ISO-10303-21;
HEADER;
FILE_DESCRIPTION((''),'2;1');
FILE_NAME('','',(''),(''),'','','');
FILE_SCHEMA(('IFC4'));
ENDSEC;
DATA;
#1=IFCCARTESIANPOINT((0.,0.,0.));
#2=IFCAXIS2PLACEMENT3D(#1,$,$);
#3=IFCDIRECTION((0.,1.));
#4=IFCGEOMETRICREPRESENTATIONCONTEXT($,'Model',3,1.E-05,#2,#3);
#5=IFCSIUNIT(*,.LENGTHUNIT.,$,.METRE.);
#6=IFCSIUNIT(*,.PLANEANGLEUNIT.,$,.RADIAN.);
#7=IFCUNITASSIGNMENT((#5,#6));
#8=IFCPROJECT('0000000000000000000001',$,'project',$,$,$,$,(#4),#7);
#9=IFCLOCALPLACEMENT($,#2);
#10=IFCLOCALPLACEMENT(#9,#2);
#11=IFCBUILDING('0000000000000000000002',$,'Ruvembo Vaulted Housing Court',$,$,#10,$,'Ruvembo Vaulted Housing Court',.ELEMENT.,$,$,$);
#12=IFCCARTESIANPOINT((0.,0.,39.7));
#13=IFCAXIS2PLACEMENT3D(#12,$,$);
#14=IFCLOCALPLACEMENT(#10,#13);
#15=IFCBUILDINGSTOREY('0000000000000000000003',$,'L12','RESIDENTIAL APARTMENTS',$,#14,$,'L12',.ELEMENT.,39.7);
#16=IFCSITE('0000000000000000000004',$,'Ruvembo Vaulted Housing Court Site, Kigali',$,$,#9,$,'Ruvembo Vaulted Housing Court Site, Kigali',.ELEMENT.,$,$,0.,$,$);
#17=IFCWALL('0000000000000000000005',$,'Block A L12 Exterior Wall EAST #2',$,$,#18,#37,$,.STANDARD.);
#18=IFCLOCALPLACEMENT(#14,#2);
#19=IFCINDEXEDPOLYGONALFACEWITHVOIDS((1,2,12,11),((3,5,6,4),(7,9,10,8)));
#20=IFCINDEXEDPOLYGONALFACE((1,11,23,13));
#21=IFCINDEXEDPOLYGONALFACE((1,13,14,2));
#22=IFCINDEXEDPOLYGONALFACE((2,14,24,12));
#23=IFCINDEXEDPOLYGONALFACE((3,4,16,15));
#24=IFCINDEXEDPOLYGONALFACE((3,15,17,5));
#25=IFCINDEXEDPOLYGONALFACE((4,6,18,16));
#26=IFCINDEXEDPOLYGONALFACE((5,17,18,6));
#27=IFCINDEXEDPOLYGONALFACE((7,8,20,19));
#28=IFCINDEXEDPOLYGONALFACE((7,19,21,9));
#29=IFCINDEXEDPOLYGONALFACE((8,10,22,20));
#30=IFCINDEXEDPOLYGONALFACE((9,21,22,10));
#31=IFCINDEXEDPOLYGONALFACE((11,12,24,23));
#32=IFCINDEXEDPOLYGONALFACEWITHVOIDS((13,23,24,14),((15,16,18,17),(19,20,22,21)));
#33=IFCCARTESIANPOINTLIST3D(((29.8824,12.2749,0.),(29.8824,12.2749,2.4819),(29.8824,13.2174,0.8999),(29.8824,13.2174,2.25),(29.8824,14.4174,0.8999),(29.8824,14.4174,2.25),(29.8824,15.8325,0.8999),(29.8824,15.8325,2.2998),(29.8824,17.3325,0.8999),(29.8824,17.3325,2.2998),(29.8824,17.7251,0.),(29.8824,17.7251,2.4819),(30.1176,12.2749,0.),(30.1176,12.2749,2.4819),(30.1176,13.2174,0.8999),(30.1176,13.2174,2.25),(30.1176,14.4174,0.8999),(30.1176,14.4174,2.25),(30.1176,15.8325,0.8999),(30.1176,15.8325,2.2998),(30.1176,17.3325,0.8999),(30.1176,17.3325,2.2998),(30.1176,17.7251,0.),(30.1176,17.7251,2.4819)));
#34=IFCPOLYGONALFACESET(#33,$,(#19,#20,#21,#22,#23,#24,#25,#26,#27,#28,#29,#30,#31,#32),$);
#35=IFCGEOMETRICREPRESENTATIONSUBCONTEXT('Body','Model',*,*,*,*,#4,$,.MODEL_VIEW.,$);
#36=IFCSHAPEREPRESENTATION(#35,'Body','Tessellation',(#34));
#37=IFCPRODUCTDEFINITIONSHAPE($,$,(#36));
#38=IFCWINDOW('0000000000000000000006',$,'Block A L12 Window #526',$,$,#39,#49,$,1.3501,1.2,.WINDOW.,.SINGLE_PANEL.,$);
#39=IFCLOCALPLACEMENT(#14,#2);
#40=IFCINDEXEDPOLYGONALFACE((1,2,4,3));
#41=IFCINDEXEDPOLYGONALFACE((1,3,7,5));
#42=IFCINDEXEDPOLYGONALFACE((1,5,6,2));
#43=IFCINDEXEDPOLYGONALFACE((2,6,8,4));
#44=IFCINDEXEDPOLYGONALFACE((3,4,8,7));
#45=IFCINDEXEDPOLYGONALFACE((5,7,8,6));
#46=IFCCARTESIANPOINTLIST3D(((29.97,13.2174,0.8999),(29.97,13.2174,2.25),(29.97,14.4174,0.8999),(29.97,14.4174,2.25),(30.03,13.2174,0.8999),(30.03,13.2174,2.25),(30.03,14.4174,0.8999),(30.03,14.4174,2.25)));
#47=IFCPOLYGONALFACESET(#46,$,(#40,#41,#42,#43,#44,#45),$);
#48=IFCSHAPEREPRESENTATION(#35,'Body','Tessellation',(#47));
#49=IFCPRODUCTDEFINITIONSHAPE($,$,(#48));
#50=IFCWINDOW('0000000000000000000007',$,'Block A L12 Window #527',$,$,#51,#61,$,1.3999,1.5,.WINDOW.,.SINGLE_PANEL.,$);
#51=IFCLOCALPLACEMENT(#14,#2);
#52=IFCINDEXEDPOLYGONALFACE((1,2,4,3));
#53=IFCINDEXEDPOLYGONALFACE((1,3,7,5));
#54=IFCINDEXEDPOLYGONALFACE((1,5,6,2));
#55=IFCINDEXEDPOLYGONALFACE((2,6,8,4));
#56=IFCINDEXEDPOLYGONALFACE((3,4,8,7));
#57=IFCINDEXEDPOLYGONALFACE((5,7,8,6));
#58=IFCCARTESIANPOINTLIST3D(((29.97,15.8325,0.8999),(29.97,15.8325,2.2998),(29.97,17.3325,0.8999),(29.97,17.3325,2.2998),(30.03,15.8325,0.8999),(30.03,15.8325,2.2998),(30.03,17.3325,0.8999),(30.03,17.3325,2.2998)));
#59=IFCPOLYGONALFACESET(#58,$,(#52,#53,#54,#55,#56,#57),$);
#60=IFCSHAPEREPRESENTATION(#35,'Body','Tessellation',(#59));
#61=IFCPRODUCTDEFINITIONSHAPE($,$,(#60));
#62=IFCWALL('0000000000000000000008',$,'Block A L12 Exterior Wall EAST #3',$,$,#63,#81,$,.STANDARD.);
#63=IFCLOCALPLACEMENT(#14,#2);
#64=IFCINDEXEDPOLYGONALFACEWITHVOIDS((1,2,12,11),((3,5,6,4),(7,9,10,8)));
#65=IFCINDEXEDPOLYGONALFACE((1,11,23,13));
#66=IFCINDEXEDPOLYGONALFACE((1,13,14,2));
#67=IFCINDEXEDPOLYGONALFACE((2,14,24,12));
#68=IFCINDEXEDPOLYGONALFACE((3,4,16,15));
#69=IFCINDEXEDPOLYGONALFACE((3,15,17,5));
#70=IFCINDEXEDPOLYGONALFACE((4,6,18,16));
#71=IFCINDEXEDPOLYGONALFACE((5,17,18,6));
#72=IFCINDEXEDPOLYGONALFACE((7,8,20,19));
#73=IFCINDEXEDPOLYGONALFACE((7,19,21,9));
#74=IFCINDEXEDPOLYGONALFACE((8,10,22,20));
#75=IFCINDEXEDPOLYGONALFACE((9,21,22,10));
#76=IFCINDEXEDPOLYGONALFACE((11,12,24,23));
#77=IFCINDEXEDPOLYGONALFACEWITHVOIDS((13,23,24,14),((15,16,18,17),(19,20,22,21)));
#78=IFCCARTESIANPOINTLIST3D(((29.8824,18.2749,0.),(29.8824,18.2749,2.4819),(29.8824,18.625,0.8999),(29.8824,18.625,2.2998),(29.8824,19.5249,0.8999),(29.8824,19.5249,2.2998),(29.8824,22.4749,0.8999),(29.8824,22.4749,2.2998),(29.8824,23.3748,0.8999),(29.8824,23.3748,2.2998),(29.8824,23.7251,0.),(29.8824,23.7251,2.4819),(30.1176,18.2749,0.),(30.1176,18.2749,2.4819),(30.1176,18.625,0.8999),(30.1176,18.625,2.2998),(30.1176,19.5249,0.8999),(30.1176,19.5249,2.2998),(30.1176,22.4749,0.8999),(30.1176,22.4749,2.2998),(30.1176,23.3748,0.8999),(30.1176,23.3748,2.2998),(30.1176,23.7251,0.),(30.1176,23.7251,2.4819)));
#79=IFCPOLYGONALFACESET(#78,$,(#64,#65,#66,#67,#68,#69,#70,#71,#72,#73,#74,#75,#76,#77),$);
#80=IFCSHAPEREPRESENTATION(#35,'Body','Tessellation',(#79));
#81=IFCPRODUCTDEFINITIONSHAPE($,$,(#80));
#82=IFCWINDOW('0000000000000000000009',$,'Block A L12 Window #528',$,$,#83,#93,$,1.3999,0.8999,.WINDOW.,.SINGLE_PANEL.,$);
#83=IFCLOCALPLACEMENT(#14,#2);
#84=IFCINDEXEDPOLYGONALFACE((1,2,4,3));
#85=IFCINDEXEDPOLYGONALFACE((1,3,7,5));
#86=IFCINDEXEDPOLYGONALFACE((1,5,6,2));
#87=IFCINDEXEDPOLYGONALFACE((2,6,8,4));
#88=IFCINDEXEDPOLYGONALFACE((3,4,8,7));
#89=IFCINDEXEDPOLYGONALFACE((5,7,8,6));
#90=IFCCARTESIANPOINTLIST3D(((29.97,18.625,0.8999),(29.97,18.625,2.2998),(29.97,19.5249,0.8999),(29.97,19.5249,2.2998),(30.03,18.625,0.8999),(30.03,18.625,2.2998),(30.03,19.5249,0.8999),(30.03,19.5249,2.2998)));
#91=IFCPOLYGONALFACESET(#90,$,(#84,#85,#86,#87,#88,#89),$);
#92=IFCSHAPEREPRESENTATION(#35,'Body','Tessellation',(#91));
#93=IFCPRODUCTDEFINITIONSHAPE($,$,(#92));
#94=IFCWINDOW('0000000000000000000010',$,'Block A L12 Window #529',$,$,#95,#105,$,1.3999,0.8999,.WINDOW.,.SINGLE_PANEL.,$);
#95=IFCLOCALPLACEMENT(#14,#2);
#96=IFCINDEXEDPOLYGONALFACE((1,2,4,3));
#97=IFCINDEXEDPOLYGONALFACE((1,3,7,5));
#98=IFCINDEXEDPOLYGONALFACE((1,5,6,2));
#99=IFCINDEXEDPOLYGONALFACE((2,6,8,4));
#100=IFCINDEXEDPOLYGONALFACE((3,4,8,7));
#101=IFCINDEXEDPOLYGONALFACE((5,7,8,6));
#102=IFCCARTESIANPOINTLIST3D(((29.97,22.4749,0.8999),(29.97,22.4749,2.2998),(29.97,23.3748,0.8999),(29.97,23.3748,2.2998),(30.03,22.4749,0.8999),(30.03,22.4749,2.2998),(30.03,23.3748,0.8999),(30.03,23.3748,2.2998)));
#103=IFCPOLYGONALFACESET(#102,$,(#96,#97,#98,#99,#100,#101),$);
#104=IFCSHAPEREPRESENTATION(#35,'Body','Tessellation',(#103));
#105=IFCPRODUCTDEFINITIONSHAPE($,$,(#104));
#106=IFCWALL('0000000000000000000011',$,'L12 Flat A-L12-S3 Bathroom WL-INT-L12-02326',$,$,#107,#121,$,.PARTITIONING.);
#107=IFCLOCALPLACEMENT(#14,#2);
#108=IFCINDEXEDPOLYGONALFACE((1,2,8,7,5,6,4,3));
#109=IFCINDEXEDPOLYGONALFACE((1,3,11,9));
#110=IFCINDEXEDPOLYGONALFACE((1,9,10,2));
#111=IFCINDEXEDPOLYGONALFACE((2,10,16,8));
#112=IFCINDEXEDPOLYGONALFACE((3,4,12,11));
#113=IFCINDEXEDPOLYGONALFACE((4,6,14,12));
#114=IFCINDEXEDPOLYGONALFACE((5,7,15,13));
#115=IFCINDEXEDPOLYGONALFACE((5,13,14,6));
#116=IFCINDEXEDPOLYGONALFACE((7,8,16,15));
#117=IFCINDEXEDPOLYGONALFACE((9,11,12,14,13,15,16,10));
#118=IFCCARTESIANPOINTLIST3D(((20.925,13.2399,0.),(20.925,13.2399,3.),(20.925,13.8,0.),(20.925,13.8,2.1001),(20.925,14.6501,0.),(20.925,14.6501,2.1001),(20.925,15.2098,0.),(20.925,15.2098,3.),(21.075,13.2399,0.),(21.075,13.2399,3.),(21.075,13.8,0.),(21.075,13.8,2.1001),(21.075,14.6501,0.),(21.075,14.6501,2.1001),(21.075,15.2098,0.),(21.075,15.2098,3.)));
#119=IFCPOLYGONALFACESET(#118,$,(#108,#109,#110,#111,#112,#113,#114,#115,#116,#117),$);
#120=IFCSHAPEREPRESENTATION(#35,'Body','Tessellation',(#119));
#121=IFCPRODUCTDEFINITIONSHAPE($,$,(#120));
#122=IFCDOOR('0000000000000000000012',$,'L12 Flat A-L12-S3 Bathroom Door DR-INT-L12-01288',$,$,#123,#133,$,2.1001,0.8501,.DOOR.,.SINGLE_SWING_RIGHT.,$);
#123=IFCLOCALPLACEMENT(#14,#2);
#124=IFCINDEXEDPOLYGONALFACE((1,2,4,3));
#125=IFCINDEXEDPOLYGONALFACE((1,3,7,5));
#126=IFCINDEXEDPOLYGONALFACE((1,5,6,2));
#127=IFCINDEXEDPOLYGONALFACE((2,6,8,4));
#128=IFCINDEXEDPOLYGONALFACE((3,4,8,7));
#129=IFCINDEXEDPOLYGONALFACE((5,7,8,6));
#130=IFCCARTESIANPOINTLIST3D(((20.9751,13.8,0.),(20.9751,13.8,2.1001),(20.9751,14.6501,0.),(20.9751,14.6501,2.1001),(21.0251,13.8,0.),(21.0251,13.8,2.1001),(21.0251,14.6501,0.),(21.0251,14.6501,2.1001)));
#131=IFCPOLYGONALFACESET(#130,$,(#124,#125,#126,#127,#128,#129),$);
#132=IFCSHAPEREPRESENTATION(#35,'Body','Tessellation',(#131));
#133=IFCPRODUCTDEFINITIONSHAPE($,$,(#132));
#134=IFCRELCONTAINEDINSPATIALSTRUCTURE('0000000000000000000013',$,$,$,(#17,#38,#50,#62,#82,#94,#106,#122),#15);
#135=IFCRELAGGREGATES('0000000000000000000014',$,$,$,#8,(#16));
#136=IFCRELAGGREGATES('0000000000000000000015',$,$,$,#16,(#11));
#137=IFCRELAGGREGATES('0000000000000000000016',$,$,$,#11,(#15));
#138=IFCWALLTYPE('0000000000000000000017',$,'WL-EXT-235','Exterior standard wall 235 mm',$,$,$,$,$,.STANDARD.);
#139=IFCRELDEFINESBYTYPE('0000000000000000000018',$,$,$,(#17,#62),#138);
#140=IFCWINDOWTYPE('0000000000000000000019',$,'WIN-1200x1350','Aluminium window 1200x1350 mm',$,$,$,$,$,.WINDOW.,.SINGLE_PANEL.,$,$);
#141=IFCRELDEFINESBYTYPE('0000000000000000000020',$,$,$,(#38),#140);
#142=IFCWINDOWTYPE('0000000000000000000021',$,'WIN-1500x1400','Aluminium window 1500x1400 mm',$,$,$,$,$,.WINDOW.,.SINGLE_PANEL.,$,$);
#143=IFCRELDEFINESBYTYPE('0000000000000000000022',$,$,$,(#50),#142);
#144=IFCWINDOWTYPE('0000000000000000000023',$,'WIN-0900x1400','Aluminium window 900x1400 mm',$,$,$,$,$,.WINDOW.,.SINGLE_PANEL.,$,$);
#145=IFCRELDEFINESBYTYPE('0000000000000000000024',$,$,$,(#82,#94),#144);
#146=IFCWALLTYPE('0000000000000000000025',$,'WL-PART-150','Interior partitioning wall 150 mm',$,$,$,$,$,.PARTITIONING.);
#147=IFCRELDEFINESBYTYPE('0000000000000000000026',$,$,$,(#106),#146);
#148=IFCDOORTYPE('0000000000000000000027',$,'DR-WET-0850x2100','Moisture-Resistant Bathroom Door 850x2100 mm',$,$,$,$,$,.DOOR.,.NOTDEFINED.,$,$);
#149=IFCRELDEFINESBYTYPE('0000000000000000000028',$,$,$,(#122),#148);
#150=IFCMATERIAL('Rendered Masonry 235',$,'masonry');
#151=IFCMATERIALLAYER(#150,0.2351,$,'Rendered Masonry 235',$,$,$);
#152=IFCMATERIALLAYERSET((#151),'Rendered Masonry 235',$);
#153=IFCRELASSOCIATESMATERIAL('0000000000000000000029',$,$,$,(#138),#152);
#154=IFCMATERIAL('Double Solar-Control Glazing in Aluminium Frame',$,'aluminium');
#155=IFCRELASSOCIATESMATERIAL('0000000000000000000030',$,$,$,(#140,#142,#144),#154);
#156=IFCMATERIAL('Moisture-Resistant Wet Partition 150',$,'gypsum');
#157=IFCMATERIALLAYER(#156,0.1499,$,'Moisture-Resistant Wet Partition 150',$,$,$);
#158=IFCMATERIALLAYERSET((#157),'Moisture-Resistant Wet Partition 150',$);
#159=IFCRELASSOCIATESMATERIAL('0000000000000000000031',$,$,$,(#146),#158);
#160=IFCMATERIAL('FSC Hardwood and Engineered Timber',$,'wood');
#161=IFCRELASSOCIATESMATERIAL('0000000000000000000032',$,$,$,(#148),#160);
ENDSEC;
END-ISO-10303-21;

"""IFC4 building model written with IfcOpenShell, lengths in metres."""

from ifc_helpers import new_model, si_unit, direction, frame, frame_2d, origin, place, context, subcontext, project, spatial, rectangle, extrude, material, layer, layer_set, type_object, element, fill, save


model = new_model("IFC4")

# Units and contexts
model_context = context("Model", 3, precision=1e-05, world=origin(), true_north=direction((0.0, 1.0)))
body_context = subcontext(model_context, "Body", "Model", "MODEL_VIEW")
ifc_project = project(units=[si_unit("LENGTHUNIT", "METRE"), si_unit("PLANEANGLEUNIT", "RADIAN")], contexts=[model_context])

# Site, building, storey
site_placement = place(None, origin())
site = spatial("IfcSite", under=ifc_project, at=site_placement, Name="Ruvembo Vaulted Housing Court Site, Kigali", LongName="Ruvembo Vaulted Housing Court Site, Kigali", CompositionType="ELEMENT", RefElevation=0.0)
building_placement = place(site_placement, origin())
building = spatial("IfcBuilding", under=site, at=building_placement, Name="Ruvembo Vaulted Housing Court", LongName="Ruvembo Vaulted Housing Court", CompositionType="ELEMENT")
storey_placement = place(building_placement, frame((0.0, 0.0, 39.7)))
storey = spatial("IfcBuildingStorey", under=building, at=storey_placement, Name="L12", Description="RESIDENTIAL APARTMENTS", LongName="L12", CompositionType="ELEMENT", Elevation=39.7)

# Shared definitions
ifc_material_1 = material(Name="FSC Hardwood and Engineered Timber", Category="wood")

# Walls, openings, windows
ifc_material_2 = material(Name="Rendered Masonry 235", Category="masonry")
ifc_layer_1 = layer(ifc_material_2, 0.2351, Name="Rendered Masonry 235")
ifc_layer_set_1 = layer_set([ifc_layer_1], Name="Rendered Masonry 235")
wall_type_1 = type_object("IfcWallType", Name="WL-EXT-235", Description="Exterior standard wall 235 mm", PredefinedType="STANDARD", material=ifc_layer_set_1)
wall_1_placement = place(storey_placement, frame((30.0, 12.2749, 0.0), z_axis=(0.0, 0.0, 1.0), x_axis=(0.0, 1.0, 0.0)))
wall_1 = element("IfcWall", 1, at=wall_1_placement, inside=storey, type_object=wall_type_1, Name="Block A L12 Exterior Wall EAST #2", PredefinedType="STANDARD", context=body_context, shape_type="SweptSolid", body=[
    extrude(rectangle(XDim=5.4502, YDim=0.2351, at=frame_2d((2.7251, 0.0))), origin(), (0.0, 0.0, 1.0), 2.4819),
])
opening_1_placement = place(wall_1_placement, frame((0.9424, 0.0, 0.8999)))
opening_1 = element("IfcOpeningElement", 2, at=opening_1_placement, cuts=wall_1, PredefinedType="OPENING", context=body_context, shape_type="SweptSolid", body=[
    extrude(rectangle(XDim=1.2, YDim=1.3501, at=frame_2d((0.6001, 0.675))), frame((0.0, 0.1274, 0.0), z_axis=(0.0, -1.0, 0.0), x_axis=(1.0, 0.0, 0.0)), (0.0, 0.0, 1.0), 0.2551),
])
opening_2_placement = place(wall_1_placement, frame((3.5576, 0.0, 0.8999)))
opening_2 = element("IfcOpeningElement", 3, at=opening_2_placement, cuts=wall_1, PredefinedType="OPENING", context=body_context, shape_type="SweptSolid", body=[
    extrude(rectangle(XDim=1.5, YDim=1.3999, at=frame_2d((0.75, 0.7))), frame((0.0, 0.1274, 0.0), z_axis=(0.0, -1.0, 0.0), x_axis=(1.0, 0.0, 0.0)), (0.0, 0.0, 1.0), 0.2551),
])
ifc_material_3 = material(Name="Double Solar-Control Glazing in Aluminium Frame", Category="aluminium")
window_type_1 = type_object("IfcWindowType", Name="WIN-1200x1350", Description="Aluminium window 1200x1350 mm", PartitioningType="SINGLE_PANEL", PredefinedType="WINDOW", material=ifc_material_3)
window_1_placement = place(opening_1_placement, origin())
window_1 = element("IfcWindow", 4, at=window_1_placement, inside=storey, type_object=window_type_1, Name="Block A L12 Window #526", OverallHeight=1.3501, OverallWidth=1.2, PartitioningType="SINGLE_PANEL", PredefinedType="WINDOW", context=body_context, shape_type="SweptSolid", body=[
    extrude(rectangle(XDim=1.2, YDim=1.3501, at=frame_2d((0.6001, 0.675))), frame((0.0, 0.03, 0.0), z_axis=(0.0, -1.0, 0.0), x_axis=(1.0, 0.0, 0.0)), (0.0, 0.0, 1.0), 0.0601),
])
fill(opening_1, window_1)
window_type_2 = type_object("IfcWindowType", Name="WIN-1500x1400", Description="Aluminium window 1500x1400 mm", PartitioningType="SINGLE_PANEL", PredefinedType="WINDOW", material=ifc_material_3)
window_2_placement = place(opening_2_placement, origin())
window_2 = element("IfcWindow", 5, at=window_2_placement, inside=storey, type_object=window_type_2, Name="Block A L12 Window #527", OverallHeight=1.3999, OverallWidth=1.5, PartitioningType="SINGLE_PANEL", PredefinedType="WINDOW", context=body_context, shape_type="SweptSolid", body=[
    extrude(rectangle(XDim=1.5, YDim=1.3999, at=frame_2d((0.75, 0.7))), frame((0.0, 0.03, 0.0), z_axis=(0.0, -1.0, 0.0), x_axis=(1.0, 0.0, 0.0)), (0.0, 0.0, 1.0), 0.0601),
])
fill(opening_2, window_2)
wall_2_placement = place(storey_placement, frame((30.0, 18.2749, 0.0), z_axis=(0.0, 0.0, 1.0), x_axis=(0.0, 1.0, 0.0)))
wall_2 = element("IfcWall", 6, at=wall_2_placement, inside=storey, type_object=wall_type_1, Name="Block A L12 Exterior Wall EAST #3", PredefinedType="STANDARD", context=body_context, shape_type="SweptSolid", body=[
    extrude(rectangle(XDim=5.4502, YDim=0.2351, at=frame_2d((2.7251, 0.0))), origin(), (0.0, 0.0, 1.0), 2.4819),
])
opening_3_placement = place(wall_2_placement, frame((0.3501, 0.0, 0.8999)))
opening_3 = element("IfcOpeningElement", 7, at=opening_3_placement, cuts=wall_2, PredefinedType="OPENING", context=body_context, shape_type="SweptSolid", body=[
    extrude(rectangle(XDim=0.8999, YDim=1.3999, at=frame_2d((0.45, 0.7))), frame((0.0, 0.1274, 0.0), z_axis=(0.0, -1.0, 0.0), x_axis=(1.0, 0.0, 0.0)), (0.0, 0.0, 1.0), 0.2551),
])
opening_4_placement = place(wall_2_placement, frame((4.2, 0.0, 0.8999)))
opening_4 = element("IfcOpeningElement", 8, at=opening_4_placement, cuts=wall_2, PredefinedType="OPENING", context=body_context, shape_type="SweptSolid", body=[
    extrude(rectangle(XDim=0.8999, YDim=1.3999, at=frame_2d((0.45, 0.7))), frame((0.0, 0.1274, 0.0), z_axis=(0.0, -1.0, 0.0), x_axis=(1.0, 0.0, 0.0)), (0.0, 0.0, 1.0), 0.2551),
])
window_type_3 = type_object("IfcWindowType", Name="WIN-0900x1400", Description="Aluminium window 900x1400 mm", PartitioningType="SINGLE_PANEL", PredefinedType="WINDOW", material=ifc_material_3)
window_3_placement = place(opening_3_placement, origin())
window_3 = element("IfcWindow", 9, at=window_3_placement, inside=storey, type_object=window_type_3, Name="Block A L12 Window #528", OverallHeight=1.3999, OverallWidth=0.8999, PartitioningType="SINGLE_PANEL", PredefinedType="WINDOW", context=body_context, shape_type="SweptSolid", body=[
    extrude(rectangle(XDim=0.8999, YDim=1.3999, at=frame_2d((0.45, 0.7))), frame((0.0, 0.03, 0.0), z_axis=(0.0, -1.0, 0.0), x_axis=(1.0, 0.0, 0.0)), (0.0, 0.0, 1.0), 0.0601),
])
fill(opening_3, window_3)
window_4_placement = place(opening_4_placement, origin())
window_4 = element("IfcWindow", 10, at=window_4_placement, inside=storey, type_object=window_type_3, Name="Block A L12 Window #529", OverallHeight=1.3999, OverallWidth=0.8999, PartitioningType="SINGLE_PANEL", PredefinedType="WINDOW", context=body_context, shape_type="SweptSolid", body=[
    extrude(rectangle(XDim=0.8999, YDim=1.3999, at=frame_2d((0.45, 0.7))), frame((0.0, 0.03, 0.0), z_axis=(0.0, -1.0, 0.0), x_axis=(1.0, 0.0, 0.0)), (0.0, 0.0, 1.0), 0.0601),
])
fill(opening_4, window_4)

# Wall, opening, door
ifc_material_4 = material(Name="Moisture-Resistant Wet Partition 150", Category="gypsum")
ifc_layer_2 = layer(ifc_material_4, 0.1499, Name="Moisture-Resistant Wet Partition 150")
ifc_layer_set_2 = layer_set([ifc_layer_2], Name="Moisture-Resistant Wet Partition 150")
wall_type_2 = type_object("IfcWallType", Name="WL-PART-150", Description="Interior partitioning wall 150 mm", PredefinedType="PARTITIONING", material=ifc_layer_set_2)
wall_3_placement = place(storey_placement, frame((21.0, 13.24, 0.0), z_axis=(0.0, 0.0, 1.0), x_axis=(0.0, 1.0, 0.0)))
wall_3 = element("IfcWall", 11, at=wall_3_placement, inside=storey, type_object=wall_type_2, Name="L12 Flat A-L12-S3 Bathroom WL-INT-L12-02326", PredefinedType="PARTITIONING", context=body_context, shape_type="SweptSolid", body=[
    extrude(rectangle(XDim=1.97, YDim=0.1499, at=frame_2d((0.9849, 0.0))), origin(), (0.0, 0.0, 1.0), 3.0),
])
opening_5_placement = place(wall_3_placement, frame((0.5601, 0.0, 0.0)))
opening_5 = element("IfcOpeningElement", 12, at=opening_5_placement, cuts=wall_3, PredefinedType="OPENING", context=body_context, shape_type="SweptSolid", body=[
    extrude(rectangle(XDim=0.8501, YDim=2.1001, at=frame_2d((0.425, 1.05))), frame((0.0, 0.085, 0.0), z_axis=(0.0, -1.0, 0.0), x_axis=(1.0, 0.0, 0.0)), (0.0, 0.0, 1.0), 0.1699),
])
door_type_1 = type_object("IfcDoorType", Name="DR-WET-0850x2100", Description="Moisture-Resistant Bathroom Door 850x2100 mm", OperationType="NOTDEFINED", PredefinedType="DOOR", material=ifc_material_1)
door_1_placement = place(opening_5_placement, origin())
door_1 = element("IfcDoor", 13, at=door_1_placement, inside=storey, type_object=door_type_1, Name="L12 Flat A-L12-S3 Bathroom Door DR-INT-L12-01288", OperationType="SINGLE_SWING_RIGHT", OverallHeight=2.1001, OverallWidth=0.8501, PredefinedType="DOOR", context=body_context, shape_type="SweptSolid", body=[
    extrude(rectangle(XDim=0.8501, YDim=2.1001, at=frame_2d((0.425, 1.05))), frame((0.0, 0.0249, 0.0), z_axis=(0.0, -1.0, 0.0), x_axis=(1.0, 0.0, 0.0)), (0.0, 0.0, 1.0), 0.05),
])
fill(opening_5, door_1)

save(model, "model.ifc")
